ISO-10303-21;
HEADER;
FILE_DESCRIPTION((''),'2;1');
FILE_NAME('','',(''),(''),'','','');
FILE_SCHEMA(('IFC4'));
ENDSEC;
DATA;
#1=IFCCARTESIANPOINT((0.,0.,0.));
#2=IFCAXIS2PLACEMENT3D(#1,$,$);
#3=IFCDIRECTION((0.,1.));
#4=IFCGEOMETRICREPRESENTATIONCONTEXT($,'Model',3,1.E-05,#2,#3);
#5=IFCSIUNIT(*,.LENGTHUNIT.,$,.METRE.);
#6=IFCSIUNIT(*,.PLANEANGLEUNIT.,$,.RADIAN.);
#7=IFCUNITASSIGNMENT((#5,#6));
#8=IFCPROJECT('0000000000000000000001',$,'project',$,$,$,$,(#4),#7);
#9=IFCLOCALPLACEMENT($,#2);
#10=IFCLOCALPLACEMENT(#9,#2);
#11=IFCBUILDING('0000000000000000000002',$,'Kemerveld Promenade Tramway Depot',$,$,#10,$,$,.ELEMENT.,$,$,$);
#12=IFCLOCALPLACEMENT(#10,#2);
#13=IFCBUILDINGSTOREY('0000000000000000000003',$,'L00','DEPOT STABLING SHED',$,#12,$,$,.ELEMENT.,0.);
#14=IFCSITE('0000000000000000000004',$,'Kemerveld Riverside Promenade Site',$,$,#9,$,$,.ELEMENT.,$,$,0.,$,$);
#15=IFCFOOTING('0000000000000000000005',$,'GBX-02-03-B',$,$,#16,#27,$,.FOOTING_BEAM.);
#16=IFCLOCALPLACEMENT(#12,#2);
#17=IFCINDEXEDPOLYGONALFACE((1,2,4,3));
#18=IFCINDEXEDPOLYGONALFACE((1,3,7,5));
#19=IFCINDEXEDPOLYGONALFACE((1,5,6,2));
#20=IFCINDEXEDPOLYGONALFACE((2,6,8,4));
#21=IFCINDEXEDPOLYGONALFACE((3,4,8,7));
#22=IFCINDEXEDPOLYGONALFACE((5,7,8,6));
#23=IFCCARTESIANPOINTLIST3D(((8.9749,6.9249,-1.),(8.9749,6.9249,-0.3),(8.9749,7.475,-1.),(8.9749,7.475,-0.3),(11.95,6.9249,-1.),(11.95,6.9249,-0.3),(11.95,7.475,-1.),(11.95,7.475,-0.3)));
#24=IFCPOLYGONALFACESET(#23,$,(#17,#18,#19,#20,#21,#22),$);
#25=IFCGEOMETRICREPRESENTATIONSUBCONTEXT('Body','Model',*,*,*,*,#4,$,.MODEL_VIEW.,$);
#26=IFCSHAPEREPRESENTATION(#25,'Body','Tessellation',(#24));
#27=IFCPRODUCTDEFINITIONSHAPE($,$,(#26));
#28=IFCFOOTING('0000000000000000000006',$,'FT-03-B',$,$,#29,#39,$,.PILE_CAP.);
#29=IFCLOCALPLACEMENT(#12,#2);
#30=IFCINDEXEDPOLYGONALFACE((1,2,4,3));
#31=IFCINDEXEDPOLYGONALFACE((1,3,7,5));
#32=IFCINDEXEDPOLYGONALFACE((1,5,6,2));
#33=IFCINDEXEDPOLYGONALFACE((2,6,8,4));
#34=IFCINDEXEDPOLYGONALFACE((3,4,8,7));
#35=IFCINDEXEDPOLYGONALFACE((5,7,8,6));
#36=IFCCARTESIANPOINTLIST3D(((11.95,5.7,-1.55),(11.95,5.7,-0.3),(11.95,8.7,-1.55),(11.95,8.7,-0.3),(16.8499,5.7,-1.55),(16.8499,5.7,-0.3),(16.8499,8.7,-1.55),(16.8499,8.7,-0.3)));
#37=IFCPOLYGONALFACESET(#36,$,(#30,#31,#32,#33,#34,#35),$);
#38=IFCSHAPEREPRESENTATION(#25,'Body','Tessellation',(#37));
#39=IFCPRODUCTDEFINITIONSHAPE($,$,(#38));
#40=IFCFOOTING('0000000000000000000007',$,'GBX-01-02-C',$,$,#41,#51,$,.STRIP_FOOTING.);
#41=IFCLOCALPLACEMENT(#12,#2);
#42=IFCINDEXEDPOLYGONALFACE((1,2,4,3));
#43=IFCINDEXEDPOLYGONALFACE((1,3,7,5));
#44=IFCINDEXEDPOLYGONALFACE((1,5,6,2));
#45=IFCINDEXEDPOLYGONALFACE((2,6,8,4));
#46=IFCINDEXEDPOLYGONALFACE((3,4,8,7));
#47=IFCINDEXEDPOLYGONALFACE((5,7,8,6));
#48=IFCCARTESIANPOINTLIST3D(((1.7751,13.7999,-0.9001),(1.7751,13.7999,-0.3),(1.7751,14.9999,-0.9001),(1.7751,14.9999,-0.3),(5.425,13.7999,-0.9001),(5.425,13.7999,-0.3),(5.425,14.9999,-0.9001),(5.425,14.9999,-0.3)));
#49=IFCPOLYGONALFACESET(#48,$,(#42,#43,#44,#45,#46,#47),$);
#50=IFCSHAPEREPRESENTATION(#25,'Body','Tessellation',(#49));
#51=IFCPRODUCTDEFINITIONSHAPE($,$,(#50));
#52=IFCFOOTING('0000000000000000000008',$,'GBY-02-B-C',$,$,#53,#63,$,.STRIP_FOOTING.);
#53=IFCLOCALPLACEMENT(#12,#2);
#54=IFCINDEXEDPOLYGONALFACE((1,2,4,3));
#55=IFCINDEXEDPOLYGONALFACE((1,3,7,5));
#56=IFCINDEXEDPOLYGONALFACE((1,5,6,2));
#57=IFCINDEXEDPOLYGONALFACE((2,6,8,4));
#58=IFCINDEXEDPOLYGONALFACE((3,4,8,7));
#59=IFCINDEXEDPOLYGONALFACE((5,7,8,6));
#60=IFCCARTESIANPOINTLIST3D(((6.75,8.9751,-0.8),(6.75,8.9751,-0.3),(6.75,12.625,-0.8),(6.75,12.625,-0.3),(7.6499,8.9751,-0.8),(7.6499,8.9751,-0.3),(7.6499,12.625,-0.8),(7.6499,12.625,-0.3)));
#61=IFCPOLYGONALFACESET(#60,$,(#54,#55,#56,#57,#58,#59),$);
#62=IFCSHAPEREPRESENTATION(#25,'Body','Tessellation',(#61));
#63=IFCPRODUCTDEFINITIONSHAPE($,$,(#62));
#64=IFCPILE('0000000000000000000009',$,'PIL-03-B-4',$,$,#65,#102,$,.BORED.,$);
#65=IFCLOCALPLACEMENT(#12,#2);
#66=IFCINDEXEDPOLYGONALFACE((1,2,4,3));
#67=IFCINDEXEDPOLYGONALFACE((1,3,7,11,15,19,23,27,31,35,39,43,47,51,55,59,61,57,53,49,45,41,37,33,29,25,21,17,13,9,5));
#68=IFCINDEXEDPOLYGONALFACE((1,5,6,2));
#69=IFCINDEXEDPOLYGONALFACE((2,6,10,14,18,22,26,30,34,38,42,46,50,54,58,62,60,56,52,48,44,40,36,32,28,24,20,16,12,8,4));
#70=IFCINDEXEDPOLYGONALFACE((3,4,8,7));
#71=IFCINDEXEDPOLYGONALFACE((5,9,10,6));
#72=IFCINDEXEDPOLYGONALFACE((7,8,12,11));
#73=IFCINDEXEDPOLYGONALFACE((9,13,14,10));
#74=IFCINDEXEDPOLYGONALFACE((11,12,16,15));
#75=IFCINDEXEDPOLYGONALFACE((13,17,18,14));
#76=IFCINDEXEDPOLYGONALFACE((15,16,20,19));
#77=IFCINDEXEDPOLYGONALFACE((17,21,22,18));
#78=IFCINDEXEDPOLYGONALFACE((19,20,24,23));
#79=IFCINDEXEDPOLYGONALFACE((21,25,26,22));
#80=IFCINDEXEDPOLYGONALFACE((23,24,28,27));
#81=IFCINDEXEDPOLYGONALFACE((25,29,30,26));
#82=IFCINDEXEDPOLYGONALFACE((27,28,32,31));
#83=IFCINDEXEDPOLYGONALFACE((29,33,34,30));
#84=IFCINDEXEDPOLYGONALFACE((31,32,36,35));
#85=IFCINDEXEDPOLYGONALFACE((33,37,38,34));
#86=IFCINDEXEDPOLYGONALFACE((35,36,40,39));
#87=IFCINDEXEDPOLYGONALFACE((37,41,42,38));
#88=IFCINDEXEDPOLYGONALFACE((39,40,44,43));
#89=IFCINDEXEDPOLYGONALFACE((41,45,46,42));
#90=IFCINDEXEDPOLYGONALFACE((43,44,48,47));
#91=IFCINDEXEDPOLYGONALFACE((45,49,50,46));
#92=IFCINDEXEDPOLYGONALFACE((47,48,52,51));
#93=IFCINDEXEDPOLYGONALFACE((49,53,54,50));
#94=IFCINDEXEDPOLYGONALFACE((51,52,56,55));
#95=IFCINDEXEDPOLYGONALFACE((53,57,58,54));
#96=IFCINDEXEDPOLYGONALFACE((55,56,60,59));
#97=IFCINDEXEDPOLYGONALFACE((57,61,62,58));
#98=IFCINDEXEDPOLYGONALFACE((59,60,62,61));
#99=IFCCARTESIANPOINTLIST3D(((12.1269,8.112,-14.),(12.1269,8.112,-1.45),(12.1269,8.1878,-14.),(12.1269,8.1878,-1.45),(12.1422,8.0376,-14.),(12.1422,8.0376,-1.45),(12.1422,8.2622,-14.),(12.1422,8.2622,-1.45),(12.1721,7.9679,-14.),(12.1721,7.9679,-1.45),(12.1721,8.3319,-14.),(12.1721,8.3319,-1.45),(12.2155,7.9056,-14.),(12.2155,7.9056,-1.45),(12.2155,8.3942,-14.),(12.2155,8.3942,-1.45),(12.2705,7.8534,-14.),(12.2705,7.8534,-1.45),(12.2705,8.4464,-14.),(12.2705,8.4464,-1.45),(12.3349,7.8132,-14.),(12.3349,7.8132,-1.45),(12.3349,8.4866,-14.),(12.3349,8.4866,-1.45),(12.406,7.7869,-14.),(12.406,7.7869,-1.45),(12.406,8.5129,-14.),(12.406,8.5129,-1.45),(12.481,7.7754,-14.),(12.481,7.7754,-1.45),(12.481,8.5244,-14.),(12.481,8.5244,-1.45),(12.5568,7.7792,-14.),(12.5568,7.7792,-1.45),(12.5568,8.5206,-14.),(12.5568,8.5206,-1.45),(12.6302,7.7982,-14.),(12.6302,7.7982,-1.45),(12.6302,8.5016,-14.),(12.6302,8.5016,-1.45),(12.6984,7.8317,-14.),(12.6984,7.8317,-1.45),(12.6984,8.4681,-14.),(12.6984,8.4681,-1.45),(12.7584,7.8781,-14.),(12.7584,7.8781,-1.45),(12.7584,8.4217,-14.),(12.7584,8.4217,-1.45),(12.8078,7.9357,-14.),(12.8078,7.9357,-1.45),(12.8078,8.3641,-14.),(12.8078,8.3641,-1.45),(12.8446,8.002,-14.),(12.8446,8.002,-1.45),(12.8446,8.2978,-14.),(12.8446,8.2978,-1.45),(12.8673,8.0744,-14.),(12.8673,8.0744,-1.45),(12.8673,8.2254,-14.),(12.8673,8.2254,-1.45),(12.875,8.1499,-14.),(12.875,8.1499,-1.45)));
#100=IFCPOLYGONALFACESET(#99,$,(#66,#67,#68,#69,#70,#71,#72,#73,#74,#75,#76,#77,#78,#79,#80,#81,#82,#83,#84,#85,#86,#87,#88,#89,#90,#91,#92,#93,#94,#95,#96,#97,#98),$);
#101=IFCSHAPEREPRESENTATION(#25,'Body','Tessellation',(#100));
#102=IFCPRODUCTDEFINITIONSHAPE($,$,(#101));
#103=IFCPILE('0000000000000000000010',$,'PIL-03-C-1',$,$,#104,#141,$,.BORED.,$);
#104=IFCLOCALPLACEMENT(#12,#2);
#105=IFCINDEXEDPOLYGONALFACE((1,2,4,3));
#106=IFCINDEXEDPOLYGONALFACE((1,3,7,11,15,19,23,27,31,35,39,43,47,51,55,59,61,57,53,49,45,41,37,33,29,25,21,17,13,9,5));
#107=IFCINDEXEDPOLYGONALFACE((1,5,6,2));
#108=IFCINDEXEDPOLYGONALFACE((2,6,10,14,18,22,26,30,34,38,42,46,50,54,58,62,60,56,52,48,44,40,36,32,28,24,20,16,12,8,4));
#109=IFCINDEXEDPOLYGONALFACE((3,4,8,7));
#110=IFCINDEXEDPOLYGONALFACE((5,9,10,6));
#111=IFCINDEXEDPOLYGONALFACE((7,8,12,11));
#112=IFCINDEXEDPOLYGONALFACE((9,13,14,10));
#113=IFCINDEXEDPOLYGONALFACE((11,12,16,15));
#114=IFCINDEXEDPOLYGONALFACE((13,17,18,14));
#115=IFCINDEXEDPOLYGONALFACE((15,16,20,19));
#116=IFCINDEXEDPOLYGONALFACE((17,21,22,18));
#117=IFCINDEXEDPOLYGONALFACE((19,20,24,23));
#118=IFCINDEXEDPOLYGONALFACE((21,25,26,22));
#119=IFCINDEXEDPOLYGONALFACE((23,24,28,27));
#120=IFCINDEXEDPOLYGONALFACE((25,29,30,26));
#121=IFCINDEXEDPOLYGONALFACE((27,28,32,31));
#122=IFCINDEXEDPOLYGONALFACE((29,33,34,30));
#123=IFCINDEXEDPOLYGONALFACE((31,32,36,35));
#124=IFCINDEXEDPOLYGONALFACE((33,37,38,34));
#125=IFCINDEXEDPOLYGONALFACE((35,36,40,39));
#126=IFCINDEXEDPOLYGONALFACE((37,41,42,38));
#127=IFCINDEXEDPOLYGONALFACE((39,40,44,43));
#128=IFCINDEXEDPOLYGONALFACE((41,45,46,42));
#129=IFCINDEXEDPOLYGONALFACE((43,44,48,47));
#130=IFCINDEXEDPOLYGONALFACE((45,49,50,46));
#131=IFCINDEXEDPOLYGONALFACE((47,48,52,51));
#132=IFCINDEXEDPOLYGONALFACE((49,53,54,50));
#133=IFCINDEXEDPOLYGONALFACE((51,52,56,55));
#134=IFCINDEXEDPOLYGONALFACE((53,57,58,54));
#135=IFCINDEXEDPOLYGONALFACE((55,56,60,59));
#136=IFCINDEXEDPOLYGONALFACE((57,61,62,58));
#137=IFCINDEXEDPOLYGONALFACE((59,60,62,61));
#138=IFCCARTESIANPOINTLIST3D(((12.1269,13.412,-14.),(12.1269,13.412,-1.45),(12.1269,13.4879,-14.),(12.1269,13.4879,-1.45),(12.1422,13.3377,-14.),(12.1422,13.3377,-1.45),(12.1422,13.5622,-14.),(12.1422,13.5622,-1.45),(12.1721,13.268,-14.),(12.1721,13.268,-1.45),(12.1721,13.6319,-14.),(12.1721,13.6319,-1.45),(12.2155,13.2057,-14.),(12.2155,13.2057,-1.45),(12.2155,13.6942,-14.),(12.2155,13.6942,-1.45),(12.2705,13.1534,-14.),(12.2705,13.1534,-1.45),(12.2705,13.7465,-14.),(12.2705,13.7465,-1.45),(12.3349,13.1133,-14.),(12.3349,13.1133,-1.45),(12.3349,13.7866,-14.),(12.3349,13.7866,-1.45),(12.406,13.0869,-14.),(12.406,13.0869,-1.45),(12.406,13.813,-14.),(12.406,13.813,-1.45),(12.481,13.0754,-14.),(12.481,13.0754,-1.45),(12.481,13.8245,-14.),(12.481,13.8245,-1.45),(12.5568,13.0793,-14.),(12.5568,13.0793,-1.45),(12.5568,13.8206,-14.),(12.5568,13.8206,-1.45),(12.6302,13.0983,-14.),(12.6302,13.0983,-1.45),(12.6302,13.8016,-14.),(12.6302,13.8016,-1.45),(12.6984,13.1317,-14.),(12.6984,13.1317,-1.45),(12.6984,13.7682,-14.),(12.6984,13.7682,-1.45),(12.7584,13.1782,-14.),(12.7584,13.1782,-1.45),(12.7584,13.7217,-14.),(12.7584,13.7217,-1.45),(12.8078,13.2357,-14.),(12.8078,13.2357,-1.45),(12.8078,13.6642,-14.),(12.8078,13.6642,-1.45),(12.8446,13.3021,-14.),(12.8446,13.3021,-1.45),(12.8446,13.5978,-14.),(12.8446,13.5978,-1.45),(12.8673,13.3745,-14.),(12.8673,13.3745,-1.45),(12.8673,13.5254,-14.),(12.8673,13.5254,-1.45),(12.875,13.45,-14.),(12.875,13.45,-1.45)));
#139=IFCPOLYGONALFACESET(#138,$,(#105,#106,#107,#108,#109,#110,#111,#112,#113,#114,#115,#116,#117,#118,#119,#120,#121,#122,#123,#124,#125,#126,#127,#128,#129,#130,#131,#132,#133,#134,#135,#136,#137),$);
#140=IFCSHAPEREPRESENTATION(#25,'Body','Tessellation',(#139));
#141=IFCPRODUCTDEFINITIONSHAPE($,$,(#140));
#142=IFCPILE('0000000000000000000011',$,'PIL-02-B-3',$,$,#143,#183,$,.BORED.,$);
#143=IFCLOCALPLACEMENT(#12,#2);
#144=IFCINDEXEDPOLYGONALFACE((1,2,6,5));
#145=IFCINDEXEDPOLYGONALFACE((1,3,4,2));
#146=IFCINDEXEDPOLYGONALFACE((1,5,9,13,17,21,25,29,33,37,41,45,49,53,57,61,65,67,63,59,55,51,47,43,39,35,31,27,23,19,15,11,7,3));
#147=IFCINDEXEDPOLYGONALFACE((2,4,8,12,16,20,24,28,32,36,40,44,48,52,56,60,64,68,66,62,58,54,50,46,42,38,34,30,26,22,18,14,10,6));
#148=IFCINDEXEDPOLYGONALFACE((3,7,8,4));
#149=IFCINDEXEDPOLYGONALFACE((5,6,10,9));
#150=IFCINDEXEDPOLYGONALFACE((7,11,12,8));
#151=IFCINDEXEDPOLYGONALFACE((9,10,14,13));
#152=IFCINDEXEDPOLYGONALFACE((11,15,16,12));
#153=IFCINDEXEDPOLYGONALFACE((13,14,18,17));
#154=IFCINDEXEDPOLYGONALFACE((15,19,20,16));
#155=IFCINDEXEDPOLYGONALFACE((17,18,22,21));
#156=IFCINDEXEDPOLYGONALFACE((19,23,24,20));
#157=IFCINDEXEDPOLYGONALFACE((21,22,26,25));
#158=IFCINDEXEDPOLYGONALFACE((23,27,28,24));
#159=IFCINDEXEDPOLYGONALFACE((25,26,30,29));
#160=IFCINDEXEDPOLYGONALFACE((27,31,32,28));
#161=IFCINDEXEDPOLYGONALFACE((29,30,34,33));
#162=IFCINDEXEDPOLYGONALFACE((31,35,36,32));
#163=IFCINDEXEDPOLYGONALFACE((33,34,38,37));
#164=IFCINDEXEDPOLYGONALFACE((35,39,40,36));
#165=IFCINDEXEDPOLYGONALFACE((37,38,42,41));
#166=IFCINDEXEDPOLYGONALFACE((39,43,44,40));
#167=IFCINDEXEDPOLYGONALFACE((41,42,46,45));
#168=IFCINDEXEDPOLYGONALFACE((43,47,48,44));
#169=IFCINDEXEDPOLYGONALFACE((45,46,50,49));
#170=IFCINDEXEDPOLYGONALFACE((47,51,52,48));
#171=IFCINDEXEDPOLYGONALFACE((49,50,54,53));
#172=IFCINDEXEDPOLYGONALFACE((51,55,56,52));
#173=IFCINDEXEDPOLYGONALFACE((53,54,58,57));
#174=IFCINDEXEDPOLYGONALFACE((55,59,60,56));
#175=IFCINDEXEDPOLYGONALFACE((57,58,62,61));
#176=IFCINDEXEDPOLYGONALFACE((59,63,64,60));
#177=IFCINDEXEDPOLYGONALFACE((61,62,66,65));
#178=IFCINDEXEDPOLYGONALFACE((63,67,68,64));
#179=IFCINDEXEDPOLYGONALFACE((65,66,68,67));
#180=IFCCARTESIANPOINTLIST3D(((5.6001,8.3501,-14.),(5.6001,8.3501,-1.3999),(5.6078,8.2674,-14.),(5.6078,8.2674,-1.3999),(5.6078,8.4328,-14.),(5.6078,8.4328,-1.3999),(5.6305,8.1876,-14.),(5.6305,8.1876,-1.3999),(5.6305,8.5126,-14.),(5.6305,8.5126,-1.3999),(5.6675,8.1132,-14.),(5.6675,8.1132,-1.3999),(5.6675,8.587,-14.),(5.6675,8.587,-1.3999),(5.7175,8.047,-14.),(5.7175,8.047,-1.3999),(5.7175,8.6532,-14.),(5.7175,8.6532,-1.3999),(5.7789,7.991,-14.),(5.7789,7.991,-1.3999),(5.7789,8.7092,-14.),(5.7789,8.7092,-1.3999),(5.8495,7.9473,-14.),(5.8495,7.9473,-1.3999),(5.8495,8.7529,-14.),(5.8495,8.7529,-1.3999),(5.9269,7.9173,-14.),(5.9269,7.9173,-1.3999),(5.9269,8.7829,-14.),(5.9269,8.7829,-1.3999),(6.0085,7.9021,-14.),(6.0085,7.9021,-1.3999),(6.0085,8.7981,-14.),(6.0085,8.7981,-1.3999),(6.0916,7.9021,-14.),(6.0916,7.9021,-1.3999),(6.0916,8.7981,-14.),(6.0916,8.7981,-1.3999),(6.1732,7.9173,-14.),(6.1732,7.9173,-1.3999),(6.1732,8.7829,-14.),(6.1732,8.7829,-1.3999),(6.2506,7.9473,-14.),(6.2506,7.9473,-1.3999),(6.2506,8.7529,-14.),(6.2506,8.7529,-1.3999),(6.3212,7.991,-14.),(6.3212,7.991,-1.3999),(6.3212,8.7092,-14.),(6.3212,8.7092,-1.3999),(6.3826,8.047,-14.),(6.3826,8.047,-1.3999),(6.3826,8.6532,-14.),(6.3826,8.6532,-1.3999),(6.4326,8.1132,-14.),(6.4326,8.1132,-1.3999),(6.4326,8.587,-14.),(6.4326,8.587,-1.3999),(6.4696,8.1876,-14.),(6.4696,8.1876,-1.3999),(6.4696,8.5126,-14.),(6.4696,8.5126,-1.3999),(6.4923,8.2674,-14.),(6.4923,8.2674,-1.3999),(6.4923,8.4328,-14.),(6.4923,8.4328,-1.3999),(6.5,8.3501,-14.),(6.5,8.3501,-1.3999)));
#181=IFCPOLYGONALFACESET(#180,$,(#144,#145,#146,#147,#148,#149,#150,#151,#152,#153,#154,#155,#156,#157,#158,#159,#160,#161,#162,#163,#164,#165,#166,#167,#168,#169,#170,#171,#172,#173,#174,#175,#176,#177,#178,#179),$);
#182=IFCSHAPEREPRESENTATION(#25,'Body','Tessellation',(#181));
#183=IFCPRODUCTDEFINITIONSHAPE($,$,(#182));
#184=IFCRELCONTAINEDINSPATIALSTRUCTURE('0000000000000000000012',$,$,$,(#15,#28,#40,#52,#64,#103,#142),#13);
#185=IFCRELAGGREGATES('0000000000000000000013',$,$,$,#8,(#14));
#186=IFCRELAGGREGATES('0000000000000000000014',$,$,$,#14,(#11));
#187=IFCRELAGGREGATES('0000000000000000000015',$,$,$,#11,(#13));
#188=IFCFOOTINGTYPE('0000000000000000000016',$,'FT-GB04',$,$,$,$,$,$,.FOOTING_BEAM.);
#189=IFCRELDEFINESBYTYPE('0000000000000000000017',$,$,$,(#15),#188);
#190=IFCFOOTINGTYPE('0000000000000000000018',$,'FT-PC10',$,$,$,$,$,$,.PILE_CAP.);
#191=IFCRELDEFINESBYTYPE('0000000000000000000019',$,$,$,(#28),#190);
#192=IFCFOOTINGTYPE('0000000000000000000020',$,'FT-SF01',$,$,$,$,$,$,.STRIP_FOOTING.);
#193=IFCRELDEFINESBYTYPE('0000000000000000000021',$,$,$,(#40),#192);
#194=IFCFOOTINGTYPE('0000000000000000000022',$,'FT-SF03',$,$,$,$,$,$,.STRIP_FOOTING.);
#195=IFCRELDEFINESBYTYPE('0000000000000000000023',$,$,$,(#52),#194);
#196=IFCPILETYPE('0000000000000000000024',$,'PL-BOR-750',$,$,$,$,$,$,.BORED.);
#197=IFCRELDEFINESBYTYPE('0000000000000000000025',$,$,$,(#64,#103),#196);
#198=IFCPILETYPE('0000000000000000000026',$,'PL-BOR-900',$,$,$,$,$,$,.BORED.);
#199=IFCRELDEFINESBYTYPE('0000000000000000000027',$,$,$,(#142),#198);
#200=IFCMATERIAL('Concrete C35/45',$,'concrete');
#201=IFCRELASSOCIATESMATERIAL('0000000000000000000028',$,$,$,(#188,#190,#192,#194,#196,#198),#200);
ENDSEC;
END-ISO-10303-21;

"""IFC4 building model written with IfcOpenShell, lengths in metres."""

from ifc_helpers import new_model, si_unit, direction, frame, origin, origin_2d, place, context, subcontext, project, spatial, rectangle, circle, extrude, material, material_profile, profile_set, type_object, element, save


model = new_model("IFC4")

# Units and contexts
model_context = context("Model", 3, precision=1e-05, world=origin(), true_north=direction((0.0, 1.0)))
body_context = subcontext(model_context, "Body", "Model", "MODEL_VIEW")
ifc_project = project(units=[si_unit("LENGTHUNIT", "METRE"), si_unit("PLANEANGLEUNIT", "RADIAN")], contexts=[model_context])

# Site, building, storey
site_placement = place(None, origin())
site = spatial("IfcSite", under=ifc_project, at=site_placement, Name="Kemerveld Riverside Promenade Site", CompositionType="ELEMENT", RefElevation=0.0)
building_placement = place(site_placement, origin())
building = spatial("IfcBuilding", under=site, at=building_placement, Name="Kemerveld Promenade Tramway Depot", CompositionType="ELEMENT")
storey_placement = place(building_placement, origin())
storey = spatial("IfcBuildingStorey", under=building, at=storey_placement, Name="L00", Description="DEPOT STABLING SHED", CompositionType="ELEMENT", Elevation=0.0)

# Footings
ifc_material_1 = material(Name="Concrete C35/45", Category="concrete")
footing_type_1 = type_object("IfcFootingType", Name="FT-GB04", PredefinedType="FOOTING_BEAM", material=ifc_material_1)
footing_1_placement = place(storey_placement, frame((10.4624, 7.2, -1.0), z_axis=(0.0, 0.0, 1.0), x_axis=(1.0, 0.0, 0.0)))
element("IfcFooting", 1, at=footing_1_placement, inside=storey, type_object=footing_type_1, Name="GBX-02-03-B", PredefinedType="FOOTING_BEAM", context=body_context, shape_type="SweptSolid", body=[
    extrude(rectangle(XDim=2.9751, YDim=0.55, at=origin_2d()), origin(), (0.0, 0.0, 1.0), 0.7),
])
footing_type_2 = type_object("IfcFootingType", Name="FT-PC10", PredefinedType="PILE_CAP", material=ifc_material_1)
footing_2_placement = place(storey_placement, frame((14.3999, 7.2, -1.55), z_axis=(0.0, 0.0, 1.0), x_axis=(1.0, 0.0, 0.0)))
element("IfcFooting", 2, at=footing_2_placement, inside=storey, type_object=footing_type_2, Name="FT-03-B", PredefinedType="PILE_CAP", context=body_context, shape_type="SweptSolid", body=[
    extrude(rectangle(XDim=4.8999, YDim=3.0, at=origin_2d()), origin(), (0.0, 0.0, 1.0), 1.25),
])
footing_type_3 = type_object("IfcFootingType", Name="FT-SF01", PredefinedType="STRIP_FOOTING", material=ifc_material_1)
footing_3_placement = place(storey_placement, frame((3.6001, 14.3999, -0.9001), z_axis=(0.0, 0.0, 1.0), x_axis=(1.0, 0.0, 0.0)))
element("IfcFooting", 3, at=footing_3_placement, inside=storey, type_object=footing_type_3, Name="GBX-01-02-C", PredefinedType="STRIP_FOOTING", context=body_context, shape_type="SweptSolid", body=[
    extrude(rectangle(XDim=3.6499, YDim=1.2, at=origin_2d()), origin(), (0.0, 0.0, 1.0), 0.6001),
])
footing_type_4 = type_object("IfcFootingType", Name="FT-SF03", PredefinedType="STRIP_FOOTING", material=ifc_material_1)
footing_4_placement = place(storey_placement, frame((7.2, 10.8, -0.8), z_axis=(0.0, 0.0, 1.0), x_axis=(0.0, 1.0, 0.0)))
element("IfcFooting", 4, at=footing_4_placement, inside=storey, type_object=footing_type_4, Name="GBY-02-B-C", PredefinedType="STRIP_FOOTING", context=body_context, shape_type="SweptSolid", body=[
    extrude(rectangle(XDim=3.6499, YDim=0.8999, at=origin_2d()), origin(), (0.0, 0.0, 1.0), 0.5),
])

# Piles
ifc_material_profile_1 = material_profile(ifc_material_1, circle(Radius=0.375, at=origin_2d()), Name="PILE-D750")
ifc_profile_set_1 = profile_set([ifc_material_profile_1], Name="Concrete C35/45")
pile_type_1 = type_object("IfcPileType", Name="PL-BOR-750", PredefinedType="BORED", material=ifc_profile_set_1)
for number, where, z_axis, x_axis, name in (
    (5, (12.5, 8.1499, -1.45), (0.0, 0.0, -1.0), (1.0, 0.0, 0.0), "PIL-03-B-4"),
    (6, (12.5, 13.45, -1.45), (0.0, 0.0, -1.0), (1.0, 0.0, 0.0), "PIL-03-C-1"),
):
    element("IfcPile", number, at=place(storey_placement, frame(where, z_axis=z_axis, x_axis=x_axis)), inside=storey, type_object=pile_type_1, Name=name, PredefinedType="BORED", context=body_context, shape_type="SweptSolid", body=[
        extrude(circle(Radius=0.375, at=origin_2d()), origin(), (0.0, 0.0, 1.0), 12.55),
    ])
ifc_material_profile_2 = material_profile(ifc_material_1, circle(Radius=0.45, at=origin_2d()), Name="PILE-D900")
ifc_profile_set_2 = profile_set([ifc_material_profile_2], Name="Concrete C35/45")
pile_type_2 = type_object("IfcPileType", Name="PL-BOR-900", PredefinedType="BORED", material=ifc_profile_set_2)
for number, where, z_axis, x_axis, name in (
    (7, (6.05, 8.3501, -1.3999), (0.0, 0.0, -1.0), (1.0, 0.0, 0.0), "PIL-02-B-3"),
):
    element("IfcPile", number, at=place(storey_placement, frame(where, z_axis=z_axis, x_axis=x_axis)), inside=storey, type_object=pile_type_2, Name=name, PredefinedType="BORED", context=body_context, shape_type="SweptSolid", body=[
        extrude(circle(Radius=0.45, at=origin_2d()), origin(), (0.0, 0.0, 1.0), 12.6001),
    ])

save(model, "model.ifc")
